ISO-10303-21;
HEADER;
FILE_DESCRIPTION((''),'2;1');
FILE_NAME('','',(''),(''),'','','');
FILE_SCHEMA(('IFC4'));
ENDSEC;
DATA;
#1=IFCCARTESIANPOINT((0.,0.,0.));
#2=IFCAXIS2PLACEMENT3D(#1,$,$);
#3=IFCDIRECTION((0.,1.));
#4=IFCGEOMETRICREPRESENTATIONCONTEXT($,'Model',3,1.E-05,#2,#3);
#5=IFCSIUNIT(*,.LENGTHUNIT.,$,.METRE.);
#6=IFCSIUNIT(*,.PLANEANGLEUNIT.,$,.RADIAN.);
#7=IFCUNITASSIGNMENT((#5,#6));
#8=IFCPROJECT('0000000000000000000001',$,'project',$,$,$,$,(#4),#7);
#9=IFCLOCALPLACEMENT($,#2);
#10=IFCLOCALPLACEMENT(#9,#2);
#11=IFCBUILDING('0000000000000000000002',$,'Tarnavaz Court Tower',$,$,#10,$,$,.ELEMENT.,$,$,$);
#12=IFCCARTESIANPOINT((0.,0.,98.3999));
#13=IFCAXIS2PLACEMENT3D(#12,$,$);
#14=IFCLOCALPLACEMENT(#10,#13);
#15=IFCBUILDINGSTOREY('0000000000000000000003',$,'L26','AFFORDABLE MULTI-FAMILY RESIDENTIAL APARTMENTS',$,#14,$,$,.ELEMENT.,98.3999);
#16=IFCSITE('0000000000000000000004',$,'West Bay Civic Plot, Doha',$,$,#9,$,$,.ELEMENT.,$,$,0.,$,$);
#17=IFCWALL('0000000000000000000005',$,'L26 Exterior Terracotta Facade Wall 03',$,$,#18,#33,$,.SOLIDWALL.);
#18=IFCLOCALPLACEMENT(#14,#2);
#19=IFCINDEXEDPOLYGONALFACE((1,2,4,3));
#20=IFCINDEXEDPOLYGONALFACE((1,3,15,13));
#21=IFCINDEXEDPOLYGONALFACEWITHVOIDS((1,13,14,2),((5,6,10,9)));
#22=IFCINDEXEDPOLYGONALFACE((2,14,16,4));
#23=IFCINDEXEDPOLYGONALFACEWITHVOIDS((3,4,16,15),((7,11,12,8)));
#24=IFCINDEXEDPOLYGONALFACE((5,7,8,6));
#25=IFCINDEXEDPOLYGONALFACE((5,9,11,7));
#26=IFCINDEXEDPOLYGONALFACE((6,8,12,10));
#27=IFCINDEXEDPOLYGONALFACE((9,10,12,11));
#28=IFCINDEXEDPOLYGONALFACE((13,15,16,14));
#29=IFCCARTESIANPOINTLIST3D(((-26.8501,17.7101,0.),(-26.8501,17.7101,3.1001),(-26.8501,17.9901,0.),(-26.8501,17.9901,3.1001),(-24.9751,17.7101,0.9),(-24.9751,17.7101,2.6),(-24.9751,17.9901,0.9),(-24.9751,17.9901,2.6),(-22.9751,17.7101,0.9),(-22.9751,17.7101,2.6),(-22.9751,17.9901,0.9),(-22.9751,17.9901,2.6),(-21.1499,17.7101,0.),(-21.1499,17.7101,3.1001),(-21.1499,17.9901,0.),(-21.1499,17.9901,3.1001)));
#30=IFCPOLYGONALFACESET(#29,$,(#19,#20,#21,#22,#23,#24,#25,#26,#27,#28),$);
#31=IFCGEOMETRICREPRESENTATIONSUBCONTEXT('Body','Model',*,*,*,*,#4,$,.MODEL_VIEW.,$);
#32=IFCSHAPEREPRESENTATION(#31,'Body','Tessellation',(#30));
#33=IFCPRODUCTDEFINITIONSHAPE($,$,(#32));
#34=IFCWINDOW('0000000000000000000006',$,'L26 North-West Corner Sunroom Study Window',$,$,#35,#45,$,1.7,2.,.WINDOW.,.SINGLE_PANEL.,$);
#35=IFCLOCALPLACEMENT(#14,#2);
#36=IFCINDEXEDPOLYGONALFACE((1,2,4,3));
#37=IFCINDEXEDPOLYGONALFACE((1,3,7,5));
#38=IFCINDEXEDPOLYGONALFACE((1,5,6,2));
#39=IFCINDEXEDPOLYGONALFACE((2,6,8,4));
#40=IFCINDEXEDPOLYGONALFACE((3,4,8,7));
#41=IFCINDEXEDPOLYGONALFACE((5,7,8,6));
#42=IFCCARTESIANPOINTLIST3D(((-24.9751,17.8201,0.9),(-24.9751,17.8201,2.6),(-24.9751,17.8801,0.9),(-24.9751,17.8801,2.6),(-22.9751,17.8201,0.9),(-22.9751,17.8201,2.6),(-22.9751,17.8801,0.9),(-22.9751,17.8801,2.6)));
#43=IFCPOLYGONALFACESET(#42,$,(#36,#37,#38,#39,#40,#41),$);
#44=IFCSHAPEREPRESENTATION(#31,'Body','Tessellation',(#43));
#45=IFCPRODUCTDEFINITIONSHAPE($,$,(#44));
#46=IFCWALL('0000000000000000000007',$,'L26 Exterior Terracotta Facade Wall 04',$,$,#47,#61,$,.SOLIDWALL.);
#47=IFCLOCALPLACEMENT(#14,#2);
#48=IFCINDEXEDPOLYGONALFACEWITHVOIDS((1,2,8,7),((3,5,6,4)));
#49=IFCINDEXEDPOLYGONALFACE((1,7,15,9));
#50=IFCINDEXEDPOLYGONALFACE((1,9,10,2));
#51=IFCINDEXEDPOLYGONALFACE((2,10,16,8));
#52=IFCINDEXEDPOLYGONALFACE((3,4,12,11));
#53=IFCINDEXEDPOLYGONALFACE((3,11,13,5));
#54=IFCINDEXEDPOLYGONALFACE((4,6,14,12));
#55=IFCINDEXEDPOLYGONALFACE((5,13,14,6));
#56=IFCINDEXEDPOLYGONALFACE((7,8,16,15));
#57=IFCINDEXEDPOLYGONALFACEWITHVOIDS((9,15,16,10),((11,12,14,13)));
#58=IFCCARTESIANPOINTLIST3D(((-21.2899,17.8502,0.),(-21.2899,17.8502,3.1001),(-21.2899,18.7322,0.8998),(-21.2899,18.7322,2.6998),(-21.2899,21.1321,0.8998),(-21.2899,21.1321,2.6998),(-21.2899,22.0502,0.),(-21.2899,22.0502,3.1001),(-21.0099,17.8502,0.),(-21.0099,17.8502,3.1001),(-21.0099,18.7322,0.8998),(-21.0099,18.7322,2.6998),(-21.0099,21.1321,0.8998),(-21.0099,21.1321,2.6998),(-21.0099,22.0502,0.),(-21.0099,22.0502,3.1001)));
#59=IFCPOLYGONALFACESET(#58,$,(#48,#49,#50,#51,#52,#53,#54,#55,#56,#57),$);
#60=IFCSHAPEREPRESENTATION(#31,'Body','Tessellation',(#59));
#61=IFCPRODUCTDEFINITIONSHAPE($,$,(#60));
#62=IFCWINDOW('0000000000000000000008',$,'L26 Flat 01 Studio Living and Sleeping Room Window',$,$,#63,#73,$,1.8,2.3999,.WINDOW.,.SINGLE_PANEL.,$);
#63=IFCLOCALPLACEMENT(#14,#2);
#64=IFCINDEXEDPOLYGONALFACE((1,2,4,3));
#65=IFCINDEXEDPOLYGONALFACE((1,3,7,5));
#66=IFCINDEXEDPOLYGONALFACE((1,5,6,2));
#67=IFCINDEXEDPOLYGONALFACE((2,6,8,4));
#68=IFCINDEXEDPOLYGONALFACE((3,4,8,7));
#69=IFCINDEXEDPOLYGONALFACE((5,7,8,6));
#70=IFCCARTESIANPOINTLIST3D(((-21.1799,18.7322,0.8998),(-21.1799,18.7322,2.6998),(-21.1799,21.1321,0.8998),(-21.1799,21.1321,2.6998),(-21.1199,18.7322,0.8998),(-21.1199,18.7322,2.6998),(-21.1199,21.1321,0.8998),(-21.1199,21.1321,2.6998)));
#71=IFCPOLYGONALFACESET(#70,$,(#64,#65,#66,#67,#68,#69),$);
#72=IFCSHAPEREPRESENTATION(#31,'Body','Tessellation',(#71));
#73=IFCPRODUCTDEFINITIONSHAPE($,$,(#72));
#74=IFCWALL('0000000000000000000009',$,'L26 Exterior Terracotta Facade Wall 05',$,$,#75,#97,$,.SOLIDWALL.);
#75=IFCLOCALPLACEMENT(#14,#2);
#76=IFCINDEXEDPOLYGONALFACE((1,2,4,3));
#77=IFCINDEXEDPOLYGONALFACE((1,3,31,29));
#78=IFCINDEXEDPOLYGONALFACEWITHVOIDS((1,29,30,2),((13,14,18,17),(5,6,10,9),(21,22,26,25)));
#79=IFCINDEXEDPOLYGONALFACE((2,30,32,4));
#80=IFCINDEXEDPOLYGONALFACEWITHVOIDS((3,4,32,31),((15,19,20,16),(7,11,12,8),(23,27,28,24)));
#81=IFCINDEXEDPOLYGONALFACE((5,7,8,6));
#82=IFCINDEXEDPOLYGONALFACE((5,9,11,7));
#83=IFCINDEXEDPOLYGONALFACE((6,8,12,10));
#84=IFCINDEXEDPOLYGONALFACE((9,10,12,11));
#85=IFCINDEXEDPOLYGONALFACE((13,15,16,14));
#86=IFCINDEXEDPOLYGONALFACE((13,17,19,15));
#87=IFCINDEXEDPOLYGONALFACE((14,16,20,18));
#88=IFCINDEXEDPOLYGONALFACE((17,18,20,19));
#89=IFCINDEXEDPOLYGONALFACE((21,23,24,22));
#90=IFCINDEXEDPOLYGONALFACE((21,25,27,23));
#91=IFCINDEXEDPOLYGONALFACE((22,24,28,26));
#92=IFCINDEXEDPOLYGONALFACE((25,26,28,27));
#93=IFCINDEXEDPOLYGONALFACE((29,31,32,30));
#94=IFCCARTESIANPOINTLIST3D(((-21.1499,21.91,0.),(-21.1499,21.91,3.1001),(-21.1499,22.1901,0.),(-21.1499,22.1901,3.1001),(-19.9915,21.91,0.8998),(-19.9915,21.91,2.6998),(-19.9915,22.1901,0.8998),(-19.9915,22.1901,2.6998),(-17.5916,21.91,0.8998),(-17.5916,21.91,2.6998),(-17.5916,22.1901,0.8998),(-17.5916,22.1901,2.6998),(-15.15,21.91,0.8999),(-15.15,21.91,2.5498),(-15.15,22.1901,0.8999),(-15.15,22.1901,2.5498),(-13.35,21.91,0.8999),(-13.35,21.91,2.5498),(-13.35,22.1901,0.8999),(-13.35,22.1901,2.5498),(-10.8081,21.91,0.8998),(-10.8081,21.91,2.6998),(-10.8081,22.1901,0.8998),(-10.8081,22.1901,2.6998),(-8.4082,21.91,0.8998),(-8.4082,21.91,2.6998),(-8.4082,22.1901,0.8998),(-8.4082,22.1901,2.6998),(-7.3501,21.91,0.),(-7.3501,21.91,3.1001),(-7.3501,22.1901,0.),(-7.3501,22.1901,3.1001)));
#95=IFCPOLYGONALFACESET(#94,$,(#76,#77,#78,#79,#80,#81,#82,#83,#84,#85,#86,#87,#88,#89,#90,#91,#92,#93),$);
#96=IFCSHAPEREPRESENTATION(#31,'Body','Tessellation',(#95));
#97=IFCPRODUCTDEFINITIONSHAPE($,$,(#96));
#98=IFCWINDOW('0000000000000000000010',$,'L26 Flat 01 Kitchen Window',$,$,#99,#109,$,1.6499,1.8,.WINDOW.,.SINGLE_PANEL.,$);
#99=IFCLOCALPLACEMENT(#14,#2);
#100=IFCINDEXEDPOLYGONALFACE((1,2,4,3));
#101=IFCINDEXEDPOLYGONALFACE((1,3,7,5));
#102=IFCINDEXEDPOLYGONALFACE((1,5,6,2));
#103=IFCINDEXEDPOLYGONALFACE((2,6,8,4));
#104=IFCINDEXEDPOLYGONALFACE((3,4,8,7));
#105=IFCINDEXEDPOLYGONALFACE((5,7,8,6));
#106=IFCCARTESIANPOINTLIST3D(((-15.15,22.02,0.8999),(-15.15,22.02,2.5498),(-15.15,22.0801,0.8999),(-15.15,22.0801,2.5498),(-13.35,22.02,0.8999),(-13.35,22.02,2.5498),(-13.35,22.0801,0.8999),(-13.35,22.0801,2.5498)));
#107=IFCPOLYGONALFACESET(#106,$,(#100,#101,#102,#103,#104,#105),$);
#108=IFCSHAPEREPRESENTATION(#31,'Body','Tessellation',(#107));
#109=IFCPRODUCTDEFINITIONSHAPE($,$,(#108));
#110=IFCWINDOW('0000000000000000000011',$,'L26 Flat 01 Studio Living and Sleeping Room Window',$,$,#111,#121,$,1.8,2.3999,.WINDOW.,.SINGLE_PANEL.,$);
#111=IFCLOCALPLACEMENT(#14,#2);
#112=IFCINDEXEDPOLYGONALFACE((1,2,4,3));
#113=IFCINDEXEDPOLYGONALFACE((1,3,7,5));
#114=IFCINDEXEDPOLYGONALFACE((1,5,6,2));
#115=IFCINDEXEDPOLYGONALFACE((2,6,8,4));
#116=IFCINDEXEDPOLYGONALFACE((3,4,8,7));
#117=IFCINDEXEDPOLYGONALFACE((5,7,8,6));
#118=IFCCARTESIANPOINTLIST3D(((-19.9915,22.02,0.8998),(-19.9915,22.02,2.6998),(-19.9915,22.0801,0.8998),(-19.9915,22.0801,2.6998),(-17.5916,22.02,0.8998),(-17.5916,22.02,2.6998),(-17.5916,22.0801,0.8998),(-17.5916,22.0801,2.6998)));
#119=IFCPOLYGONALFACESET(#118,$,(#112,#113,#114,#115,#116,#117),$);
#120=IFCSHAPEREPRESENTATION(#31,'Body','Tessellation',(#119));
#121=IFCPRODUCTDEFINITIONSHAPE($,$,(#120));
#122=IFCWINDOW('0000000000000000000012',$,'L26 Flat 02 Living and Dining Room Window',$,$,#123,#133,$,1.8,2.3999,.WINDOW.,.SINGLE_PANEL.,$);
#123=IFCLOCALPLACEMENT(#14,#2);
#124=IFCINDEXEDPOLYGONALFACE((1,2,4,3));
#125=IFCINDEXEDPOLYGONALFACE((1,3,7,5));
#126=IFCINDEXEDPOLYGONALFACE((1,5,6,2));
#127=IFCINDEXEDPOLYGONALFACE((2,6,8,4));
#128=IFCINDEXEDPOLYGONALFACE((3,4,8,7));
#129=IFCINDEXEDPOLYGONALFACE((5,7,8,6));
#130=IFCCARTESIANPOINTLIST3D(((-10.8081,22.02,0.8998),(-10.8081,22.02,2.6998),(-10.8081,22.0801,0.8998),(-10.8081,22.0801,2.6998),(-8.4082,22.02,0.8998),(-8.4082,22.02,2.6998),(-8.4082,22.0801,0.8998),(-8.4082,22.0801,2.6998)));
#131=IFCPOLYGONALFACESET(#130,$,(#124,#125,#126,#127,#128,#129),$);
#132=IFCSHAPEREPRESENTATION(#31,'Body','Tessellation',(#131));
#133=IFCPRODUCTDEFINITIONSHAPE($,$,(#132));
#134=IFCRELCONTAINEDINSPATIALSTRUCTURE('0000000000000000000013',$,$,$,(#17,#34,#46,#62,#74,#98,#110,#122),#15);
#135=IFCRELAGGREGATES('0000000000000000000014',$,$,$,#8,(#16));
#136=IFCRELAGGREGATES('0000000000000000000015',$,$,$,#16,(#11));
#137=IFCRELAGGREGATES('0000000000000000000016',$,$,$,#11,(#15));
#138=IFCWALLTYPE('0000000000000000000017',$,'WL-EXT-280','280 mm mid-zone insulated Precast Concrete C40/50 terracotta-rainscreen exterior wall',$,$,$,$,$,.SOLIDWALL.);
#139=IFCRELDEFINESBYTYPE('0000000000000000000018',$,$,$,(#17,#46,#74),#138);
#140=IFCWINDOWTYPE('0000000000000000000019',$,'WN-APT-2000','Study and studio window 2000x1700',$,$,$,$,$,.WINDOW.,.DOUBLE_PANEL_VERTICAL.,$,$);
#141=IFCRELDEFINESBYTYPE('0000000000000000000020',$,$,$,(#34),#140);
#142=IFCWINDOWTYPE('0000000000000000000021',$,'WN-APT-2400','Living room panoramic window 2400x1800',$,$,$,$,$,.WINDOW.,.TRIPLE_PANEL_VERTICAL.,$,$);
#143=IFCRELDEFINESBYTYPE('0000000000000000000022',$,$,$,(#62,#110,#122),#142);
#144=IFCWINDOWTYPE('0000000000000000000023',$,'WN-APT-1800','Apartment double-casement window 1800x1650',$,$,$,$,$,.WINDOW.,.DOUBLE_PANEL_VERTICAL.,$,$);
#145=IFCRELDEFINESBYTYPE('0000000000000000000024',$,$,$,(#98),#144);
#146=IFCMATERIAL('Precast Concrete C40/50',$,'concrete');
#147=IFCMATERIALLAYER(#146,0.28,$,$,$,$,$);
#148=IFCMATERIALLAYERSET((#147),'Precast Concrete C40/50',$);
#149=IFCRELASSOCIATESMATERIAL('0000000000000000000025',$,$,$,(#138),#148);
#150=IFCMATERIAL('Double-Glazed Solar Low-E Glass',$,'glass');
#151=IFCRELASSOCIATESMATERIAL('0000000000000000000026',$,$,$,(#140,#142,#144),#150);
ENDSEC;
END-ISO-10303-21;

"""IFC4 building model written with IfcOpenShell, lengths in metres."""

from ifc_helpers import new_model, si_unit, direction, frame, frame_2d, origin, place, context, subcontext, project, spatial, rectangle, extrude, material, layer, layer_set, type_object, element, fill, save


model = new_model("IFC4")

# Units and contexts
model_context = context("Model", 3, precision=1e-05, world=origin(), true_north=direction((0.0, 1.0)))
body_context = subcontext(model_context, "Body", "Model", "MODEL_VIEW")
ifc_project = project(units=[si_unit("LENGTHUNIT", "METRE"), si_unit("PLANEANGLEUNIT", "RADIAN")], contexts=[model_context])

# Site, building, storey
site_placement = place(None, origin())
site = spatial("IfcSite", under=ifc_project, at=site_placement, Name="West Bay Civic Plot, Doha", CompositionType="ELEMENT", RefElevation=0.0)
building_placement = place(site_placement, origin())
building = spatial("IfcBuilding", under=site, at=building_placement, Name="Tarnavaz Court Tower", CompositionType="ELEMENT")
storey_placement = place(building_placement, frame((0.0, 0.0, 98.3999)))
storey = spatial("IfcBuildingStorey", under=building, at=storey_placement, Name="L26", Description="AFFORDABLE MULTI-FAMILY RESIDENTIAL APARTMENTS", CompositionType="ELEMENT", Elevation=98.3999)

# Walls, openings, windows
ifc_material_1 = material(Name="Precast Concrete C40/50", Category="concrete")
ifc_layer_1 = layer(ifc_material_1, 0.28)
ifc_layer_set_1 = layer_set([ifc_layer_1], Name="Precast Concrete C40/50")
wall_type_1 = type_object("IfcWallType", Name="WL-EXT-280", Description="280 mm mid-zone insulated Precast Concrete C40/50 terracotta-rainscreen exterior wall", PredefinedType="SOLIDWALL", material=ifc_layer_set_1)
wall_1_placement = place(storey_placement, frame((-26.8501, 17.8501, 0.0), z_axis=(0.0, 0.0, 1.0), x_axis=(1.0, 0.0, 0.0)))
wall_1 = element("IfcWall", 1, at=wall_1_placement, inside=storey, type_object=wall_type_1, Name="L26 Exterior Terracotta Facade Wall 03", PredefinedType="SOLIDWALL", context=body_context, shape_type="SweptSolid", body=[
    extrude(rectangle(XDim=5.7002, YDim=0.28, at=frame_2d((2.8501, 0.0))), origin(), (0.0, 0.0, 1.0), 3.1001),
])
opening_1_placement = place(wall_1_placement, frame((1.875, 0.0, 0.8999)))
opening_1 = element("IfcOpeningElement", 2, at=opening_1_placement, cuts=wall_1, PredefinedType="OPENING", context=body_context, shape_type="SweptSolid", body=[
    extrude(rectangle(XDim=2.0, YDim=1.7, at=frame_2d((1.0, 0.8501))), frame((0.0, 0.1499, 0.0), z_axis=(0.0, -1.0, 0.0), x_axis=(1.0, 0.0, 0.0)), (0.0, 0.0, 1.0), 0.3),
])
ifc_material_2 = material(Name="Double-Glazed Solar Low-E Glass", Category="glass")
window_type_1 = type_object("IfcWindowType", Name="WN-APT-2000", Description="Study and studio window 2000x1700", PartitioningType="DOUBLE_PANEL_VERTICAL", PredefinedType="WINDOW", material=ifc_material_2)
window_1_placement = place(opening_1_placement, origin())
window_1 = element("IfcWindow", 3, at=window_1_placement, inside=storey, type_object=window_type_1, Name="L26 North-West Corner Sunroom Study Window", OverallHeight=1.7, OverallWidth=2.0, PartitioningType="SINGLE_PANEL", PredefinedType="WINDOW", context=body_context, shape_type="SweptSolid", body=[
    extrude(rectangle(XDim=2.0, YDim=1.7, at=frame_2d((1.0, 0.8501))), frame((0.0, 0.03, 0.0), z_axis=(0.0, -1.0, 0.0), x_axis=(1.0, 0.0, 0.0)), (0.0, 0.0, 1.0), 0.0601),
])
fill(opening_1, window_1)
wall_2_placement = place(storey_placement, frame((-21.1499, 17.8501, 0.0), z_axis=(0.0, 0.0, 1.0), x_axis=(0.0, 1.0, 0.0)))
wall_2 = element("IfcWall", 4, at=wall_2_placement, inside=storey, type_object=wall_type_1, Name="L26 Exterior Terracotta Facade Wall 04", PredefinedType="SOLIDWALL", context=body_context, shape_type="SweptSolid", body=[
    extrude(rectangle(XDim=4.2, YDim=0.28, at=frame_2d((2.1001, 0.0))), origin(), (0.0, 0.0, 1.0), 3.1001),
])
opening_2_placement = place(wall_2_placement, frame((0.8821, 0.0, 0.8999)))
opening_2 = element("IfcOpeningElement", 5, at=opening_2_placement, cuts=wall_2, PredefinedType="OPENING", context=body_context, shape_type="SweptSolid", body=[
    extrude(rectangle(XDim=2.3999, YDim=1.8, at=frame_2d((1.2, 0.8999))), frame((0.0, 0.1499, 0.0), z_axis=(0.0, -1.0, 0.0), x_axis=(1.0, 0.0, 0.0)), (0.0, 0.0, 1.0), 0.3),
])
window_type_2 = type_object("IfcWindowType", Name="WN-APT-2400", Description="Living room panoramic window 2400x1800", PartitioningType="TRIPLE_PANEL_VERTICAL", PredefinedType="WINDOW", material=ifc_material_2)
window_2_placement = place(opening_2_placement, origin())
window_2 = element("IfcWindow", 6, at=window_2_placement, inside=storey, type_object=window_type_2, Name="L26 Flat 01 Studio Living and Sleeping Room Window", OverallHeight=1.8, OverallWidth=2.3999, PartitioningType="SINGLE_PANEL", PredefinedType="WINDOW", context=body_context, shape_type="SweptSolid", body=[
    extrude(rectangle(XDim=2.3999, YDim=1.8, at=frame_2d((1.2, 0.8999))), frame((0.0, 0.03, 0.0), z_axis=(0.0, -1.0, 0.0), x_axis=(1.0, 0.0, 0.0)), (0.0, 0.0, 1.0), 0.0601),
])
fill(opening_2, window_2)

# Wall, openings, windows
wall_3_placement = place(storey_placement, frame((-21.1499, 22.05, 0.0), z_axis=(0.0, 0.0, 1.0), x_axis=(1.0, 0.0, 0.0)))
wall_3 = element("IfcWall", 7, at=wall_3_placement, inside=storey, type_object=wall_type_1, Name="L26 Exterior Terracotta Facade Wall 05", PredefinedType="SOLIDWALL", context=body_context, shape_type="SweptSolid", body=[
    extrude(rectangle(XDim=13.7998, YDim=0.28, at=frame_2d((6.8999, 0.0))), origin(), (0.0, 0.0, 1.0), 3.1001),
])
opening_3_placement = place(wall_3_placement, frame((1.1584, 0.0, 0.8999)))
opening_3 = element("IfcOpeningElement", 8, at=opening_3_placement, cuts=wall_3, PredefinedType="OPENING", context=body_context, shape_type="SweptSolid", body=[
    extrude(rectangle(XDim=2.3999, YDim=1.8, at=frame_2d((1.2, 0.8999))), frame((0.0, 0.1499, 0.0), z_axis=(0.0, -1.0, 0.0), x_axis=(1.0, 0.0, 0.0)), (0.0, 0.0, 1.0), 0.3),
])
opening_4_placement = place(wall_3_placement, frame((6.0, 0.0, 0.8999)))
opening_4 = element("IfcOpeningElement", 9, at=opening_4_placement, cuts=wall_3, PredefinedType="OPENING", context=body_context, shape_type="SweptSolid", body=[
    extrude(rectangle(XDim=1.8, YDim=1.6499, at=frame_2d((0.8999, 0.825))), frame((0.0, 0.1499, 0.0), z_axis=(0.0, -1.0, 0.0), x_axis=(1.0, 0.0, 0.0)), (0.0, 0.0, 1.0), 0.3),
])
opening_5_placement = place(wall_3_placement, frame((10.3418, 0.0, 0.8999)))
opening_5 = element("IfcOpeningElement", 10, at=opening_5_placement, cuts=wall_3, PredefinedType="OPENING", context=body_context, shape_type="SweptSolid", body=[
    extrude(rectangle(XDim=2.3999, YDim=1.8, at=frame_2d((1.2, 0.8999))), frame((0.0, 0.1499, 0.0), z_axis=(0.0, -1.0, 0.0), x_axis=(1.0, 0.0, 0.0)), (0.0, 0.0, 1.0), 0.3),
])
window_type_3 = type_object("IfcWindowType", Name="WN-APT-1800", Description="Apartment double-casement window 1800x1650", PartitioningType="DOUBLE_PANEL_VERTICAL", PredefinedType="WINDOW", material=ifc_material_2)
window_3_placement = place(opening_4_placement, origin())
window_3 = element("IfcWindow", 11, at=window_3_placement, inside=storey, type_object=window_type_3, Name="L26 Flat 01 Kitchen Window", OverallHeight=1.6499, OverallWidth=1.8, PartitioningType="SINGLE_PANEL", PredefinedType="WINDOW", context=body_context, shape_type="SweptSolid", body=[
    extrude(rectangle(XDim=1.8, YDim=1.6499, at=frame_2d((0.8999, 0.825))), frame((0.0, 0.03, 0.0), z_axis=(0.0, -1.0, 0.0), x_axis=(1.0, 0.0, 0.0)), (0.0, 0.0, 1.0), 0.0601),
])
fill(opening_4, window_3)
window_4_placement = place(opening_3_placement, origin())
window_4 = element("IfcWindow", 12, at=window_4_placement, inside=storey, type_object=window_type_2, Name="L26 Flat 01 Studio Living and Sleeping Room Window", OverallHeight=1.8, OverallWidth=2.3999, PartitioningType="SINGLE_PANEL", PredefinedType="WINDOW", context=body_context, shape_type="SweptSolid", body=[
    extrude(rectangle(XDim=2.3999, YDim=1.8, at=frame_2d((1.2, 0.8999))), frame((0.0, 0.03, 0.0), z_axis=(0.0, -1.0, 0.0), x_axis=(1.0, 0.0, 0.0)), (0.0, 0.0, 1.0), 0.0601),
])
fill(opening_3, window_4)
window_5_placement = place(opening_5_placement, origin())
window_5 = element("IfcWindow", 13, at=window_5_placement, inside=storey, type_object=window_type_2, Name="L26 Flat 02 Living and Dining Room Window", OverallHeight=1.8, OverallWidth=2.3999, PartitioningType="SINGLE_PANEL", PredefinedType="WINDOW", context=body_context, shape_type="SweptSolid", body=[
    extrude(rectangle(XDim=2.3999, YDim=1.8, at=frame_2d((1.2, 0.8999))), frame((0.0, 0.03, 0.0), z_axis=(0.0, -1.0, 0.0), x_axis=(1.0, 0.0, 0.0)), (0.0, 0.0, 1.0), 0.0601),
])
fill(opening_5, window_5)

save(model, "model.ifc")
